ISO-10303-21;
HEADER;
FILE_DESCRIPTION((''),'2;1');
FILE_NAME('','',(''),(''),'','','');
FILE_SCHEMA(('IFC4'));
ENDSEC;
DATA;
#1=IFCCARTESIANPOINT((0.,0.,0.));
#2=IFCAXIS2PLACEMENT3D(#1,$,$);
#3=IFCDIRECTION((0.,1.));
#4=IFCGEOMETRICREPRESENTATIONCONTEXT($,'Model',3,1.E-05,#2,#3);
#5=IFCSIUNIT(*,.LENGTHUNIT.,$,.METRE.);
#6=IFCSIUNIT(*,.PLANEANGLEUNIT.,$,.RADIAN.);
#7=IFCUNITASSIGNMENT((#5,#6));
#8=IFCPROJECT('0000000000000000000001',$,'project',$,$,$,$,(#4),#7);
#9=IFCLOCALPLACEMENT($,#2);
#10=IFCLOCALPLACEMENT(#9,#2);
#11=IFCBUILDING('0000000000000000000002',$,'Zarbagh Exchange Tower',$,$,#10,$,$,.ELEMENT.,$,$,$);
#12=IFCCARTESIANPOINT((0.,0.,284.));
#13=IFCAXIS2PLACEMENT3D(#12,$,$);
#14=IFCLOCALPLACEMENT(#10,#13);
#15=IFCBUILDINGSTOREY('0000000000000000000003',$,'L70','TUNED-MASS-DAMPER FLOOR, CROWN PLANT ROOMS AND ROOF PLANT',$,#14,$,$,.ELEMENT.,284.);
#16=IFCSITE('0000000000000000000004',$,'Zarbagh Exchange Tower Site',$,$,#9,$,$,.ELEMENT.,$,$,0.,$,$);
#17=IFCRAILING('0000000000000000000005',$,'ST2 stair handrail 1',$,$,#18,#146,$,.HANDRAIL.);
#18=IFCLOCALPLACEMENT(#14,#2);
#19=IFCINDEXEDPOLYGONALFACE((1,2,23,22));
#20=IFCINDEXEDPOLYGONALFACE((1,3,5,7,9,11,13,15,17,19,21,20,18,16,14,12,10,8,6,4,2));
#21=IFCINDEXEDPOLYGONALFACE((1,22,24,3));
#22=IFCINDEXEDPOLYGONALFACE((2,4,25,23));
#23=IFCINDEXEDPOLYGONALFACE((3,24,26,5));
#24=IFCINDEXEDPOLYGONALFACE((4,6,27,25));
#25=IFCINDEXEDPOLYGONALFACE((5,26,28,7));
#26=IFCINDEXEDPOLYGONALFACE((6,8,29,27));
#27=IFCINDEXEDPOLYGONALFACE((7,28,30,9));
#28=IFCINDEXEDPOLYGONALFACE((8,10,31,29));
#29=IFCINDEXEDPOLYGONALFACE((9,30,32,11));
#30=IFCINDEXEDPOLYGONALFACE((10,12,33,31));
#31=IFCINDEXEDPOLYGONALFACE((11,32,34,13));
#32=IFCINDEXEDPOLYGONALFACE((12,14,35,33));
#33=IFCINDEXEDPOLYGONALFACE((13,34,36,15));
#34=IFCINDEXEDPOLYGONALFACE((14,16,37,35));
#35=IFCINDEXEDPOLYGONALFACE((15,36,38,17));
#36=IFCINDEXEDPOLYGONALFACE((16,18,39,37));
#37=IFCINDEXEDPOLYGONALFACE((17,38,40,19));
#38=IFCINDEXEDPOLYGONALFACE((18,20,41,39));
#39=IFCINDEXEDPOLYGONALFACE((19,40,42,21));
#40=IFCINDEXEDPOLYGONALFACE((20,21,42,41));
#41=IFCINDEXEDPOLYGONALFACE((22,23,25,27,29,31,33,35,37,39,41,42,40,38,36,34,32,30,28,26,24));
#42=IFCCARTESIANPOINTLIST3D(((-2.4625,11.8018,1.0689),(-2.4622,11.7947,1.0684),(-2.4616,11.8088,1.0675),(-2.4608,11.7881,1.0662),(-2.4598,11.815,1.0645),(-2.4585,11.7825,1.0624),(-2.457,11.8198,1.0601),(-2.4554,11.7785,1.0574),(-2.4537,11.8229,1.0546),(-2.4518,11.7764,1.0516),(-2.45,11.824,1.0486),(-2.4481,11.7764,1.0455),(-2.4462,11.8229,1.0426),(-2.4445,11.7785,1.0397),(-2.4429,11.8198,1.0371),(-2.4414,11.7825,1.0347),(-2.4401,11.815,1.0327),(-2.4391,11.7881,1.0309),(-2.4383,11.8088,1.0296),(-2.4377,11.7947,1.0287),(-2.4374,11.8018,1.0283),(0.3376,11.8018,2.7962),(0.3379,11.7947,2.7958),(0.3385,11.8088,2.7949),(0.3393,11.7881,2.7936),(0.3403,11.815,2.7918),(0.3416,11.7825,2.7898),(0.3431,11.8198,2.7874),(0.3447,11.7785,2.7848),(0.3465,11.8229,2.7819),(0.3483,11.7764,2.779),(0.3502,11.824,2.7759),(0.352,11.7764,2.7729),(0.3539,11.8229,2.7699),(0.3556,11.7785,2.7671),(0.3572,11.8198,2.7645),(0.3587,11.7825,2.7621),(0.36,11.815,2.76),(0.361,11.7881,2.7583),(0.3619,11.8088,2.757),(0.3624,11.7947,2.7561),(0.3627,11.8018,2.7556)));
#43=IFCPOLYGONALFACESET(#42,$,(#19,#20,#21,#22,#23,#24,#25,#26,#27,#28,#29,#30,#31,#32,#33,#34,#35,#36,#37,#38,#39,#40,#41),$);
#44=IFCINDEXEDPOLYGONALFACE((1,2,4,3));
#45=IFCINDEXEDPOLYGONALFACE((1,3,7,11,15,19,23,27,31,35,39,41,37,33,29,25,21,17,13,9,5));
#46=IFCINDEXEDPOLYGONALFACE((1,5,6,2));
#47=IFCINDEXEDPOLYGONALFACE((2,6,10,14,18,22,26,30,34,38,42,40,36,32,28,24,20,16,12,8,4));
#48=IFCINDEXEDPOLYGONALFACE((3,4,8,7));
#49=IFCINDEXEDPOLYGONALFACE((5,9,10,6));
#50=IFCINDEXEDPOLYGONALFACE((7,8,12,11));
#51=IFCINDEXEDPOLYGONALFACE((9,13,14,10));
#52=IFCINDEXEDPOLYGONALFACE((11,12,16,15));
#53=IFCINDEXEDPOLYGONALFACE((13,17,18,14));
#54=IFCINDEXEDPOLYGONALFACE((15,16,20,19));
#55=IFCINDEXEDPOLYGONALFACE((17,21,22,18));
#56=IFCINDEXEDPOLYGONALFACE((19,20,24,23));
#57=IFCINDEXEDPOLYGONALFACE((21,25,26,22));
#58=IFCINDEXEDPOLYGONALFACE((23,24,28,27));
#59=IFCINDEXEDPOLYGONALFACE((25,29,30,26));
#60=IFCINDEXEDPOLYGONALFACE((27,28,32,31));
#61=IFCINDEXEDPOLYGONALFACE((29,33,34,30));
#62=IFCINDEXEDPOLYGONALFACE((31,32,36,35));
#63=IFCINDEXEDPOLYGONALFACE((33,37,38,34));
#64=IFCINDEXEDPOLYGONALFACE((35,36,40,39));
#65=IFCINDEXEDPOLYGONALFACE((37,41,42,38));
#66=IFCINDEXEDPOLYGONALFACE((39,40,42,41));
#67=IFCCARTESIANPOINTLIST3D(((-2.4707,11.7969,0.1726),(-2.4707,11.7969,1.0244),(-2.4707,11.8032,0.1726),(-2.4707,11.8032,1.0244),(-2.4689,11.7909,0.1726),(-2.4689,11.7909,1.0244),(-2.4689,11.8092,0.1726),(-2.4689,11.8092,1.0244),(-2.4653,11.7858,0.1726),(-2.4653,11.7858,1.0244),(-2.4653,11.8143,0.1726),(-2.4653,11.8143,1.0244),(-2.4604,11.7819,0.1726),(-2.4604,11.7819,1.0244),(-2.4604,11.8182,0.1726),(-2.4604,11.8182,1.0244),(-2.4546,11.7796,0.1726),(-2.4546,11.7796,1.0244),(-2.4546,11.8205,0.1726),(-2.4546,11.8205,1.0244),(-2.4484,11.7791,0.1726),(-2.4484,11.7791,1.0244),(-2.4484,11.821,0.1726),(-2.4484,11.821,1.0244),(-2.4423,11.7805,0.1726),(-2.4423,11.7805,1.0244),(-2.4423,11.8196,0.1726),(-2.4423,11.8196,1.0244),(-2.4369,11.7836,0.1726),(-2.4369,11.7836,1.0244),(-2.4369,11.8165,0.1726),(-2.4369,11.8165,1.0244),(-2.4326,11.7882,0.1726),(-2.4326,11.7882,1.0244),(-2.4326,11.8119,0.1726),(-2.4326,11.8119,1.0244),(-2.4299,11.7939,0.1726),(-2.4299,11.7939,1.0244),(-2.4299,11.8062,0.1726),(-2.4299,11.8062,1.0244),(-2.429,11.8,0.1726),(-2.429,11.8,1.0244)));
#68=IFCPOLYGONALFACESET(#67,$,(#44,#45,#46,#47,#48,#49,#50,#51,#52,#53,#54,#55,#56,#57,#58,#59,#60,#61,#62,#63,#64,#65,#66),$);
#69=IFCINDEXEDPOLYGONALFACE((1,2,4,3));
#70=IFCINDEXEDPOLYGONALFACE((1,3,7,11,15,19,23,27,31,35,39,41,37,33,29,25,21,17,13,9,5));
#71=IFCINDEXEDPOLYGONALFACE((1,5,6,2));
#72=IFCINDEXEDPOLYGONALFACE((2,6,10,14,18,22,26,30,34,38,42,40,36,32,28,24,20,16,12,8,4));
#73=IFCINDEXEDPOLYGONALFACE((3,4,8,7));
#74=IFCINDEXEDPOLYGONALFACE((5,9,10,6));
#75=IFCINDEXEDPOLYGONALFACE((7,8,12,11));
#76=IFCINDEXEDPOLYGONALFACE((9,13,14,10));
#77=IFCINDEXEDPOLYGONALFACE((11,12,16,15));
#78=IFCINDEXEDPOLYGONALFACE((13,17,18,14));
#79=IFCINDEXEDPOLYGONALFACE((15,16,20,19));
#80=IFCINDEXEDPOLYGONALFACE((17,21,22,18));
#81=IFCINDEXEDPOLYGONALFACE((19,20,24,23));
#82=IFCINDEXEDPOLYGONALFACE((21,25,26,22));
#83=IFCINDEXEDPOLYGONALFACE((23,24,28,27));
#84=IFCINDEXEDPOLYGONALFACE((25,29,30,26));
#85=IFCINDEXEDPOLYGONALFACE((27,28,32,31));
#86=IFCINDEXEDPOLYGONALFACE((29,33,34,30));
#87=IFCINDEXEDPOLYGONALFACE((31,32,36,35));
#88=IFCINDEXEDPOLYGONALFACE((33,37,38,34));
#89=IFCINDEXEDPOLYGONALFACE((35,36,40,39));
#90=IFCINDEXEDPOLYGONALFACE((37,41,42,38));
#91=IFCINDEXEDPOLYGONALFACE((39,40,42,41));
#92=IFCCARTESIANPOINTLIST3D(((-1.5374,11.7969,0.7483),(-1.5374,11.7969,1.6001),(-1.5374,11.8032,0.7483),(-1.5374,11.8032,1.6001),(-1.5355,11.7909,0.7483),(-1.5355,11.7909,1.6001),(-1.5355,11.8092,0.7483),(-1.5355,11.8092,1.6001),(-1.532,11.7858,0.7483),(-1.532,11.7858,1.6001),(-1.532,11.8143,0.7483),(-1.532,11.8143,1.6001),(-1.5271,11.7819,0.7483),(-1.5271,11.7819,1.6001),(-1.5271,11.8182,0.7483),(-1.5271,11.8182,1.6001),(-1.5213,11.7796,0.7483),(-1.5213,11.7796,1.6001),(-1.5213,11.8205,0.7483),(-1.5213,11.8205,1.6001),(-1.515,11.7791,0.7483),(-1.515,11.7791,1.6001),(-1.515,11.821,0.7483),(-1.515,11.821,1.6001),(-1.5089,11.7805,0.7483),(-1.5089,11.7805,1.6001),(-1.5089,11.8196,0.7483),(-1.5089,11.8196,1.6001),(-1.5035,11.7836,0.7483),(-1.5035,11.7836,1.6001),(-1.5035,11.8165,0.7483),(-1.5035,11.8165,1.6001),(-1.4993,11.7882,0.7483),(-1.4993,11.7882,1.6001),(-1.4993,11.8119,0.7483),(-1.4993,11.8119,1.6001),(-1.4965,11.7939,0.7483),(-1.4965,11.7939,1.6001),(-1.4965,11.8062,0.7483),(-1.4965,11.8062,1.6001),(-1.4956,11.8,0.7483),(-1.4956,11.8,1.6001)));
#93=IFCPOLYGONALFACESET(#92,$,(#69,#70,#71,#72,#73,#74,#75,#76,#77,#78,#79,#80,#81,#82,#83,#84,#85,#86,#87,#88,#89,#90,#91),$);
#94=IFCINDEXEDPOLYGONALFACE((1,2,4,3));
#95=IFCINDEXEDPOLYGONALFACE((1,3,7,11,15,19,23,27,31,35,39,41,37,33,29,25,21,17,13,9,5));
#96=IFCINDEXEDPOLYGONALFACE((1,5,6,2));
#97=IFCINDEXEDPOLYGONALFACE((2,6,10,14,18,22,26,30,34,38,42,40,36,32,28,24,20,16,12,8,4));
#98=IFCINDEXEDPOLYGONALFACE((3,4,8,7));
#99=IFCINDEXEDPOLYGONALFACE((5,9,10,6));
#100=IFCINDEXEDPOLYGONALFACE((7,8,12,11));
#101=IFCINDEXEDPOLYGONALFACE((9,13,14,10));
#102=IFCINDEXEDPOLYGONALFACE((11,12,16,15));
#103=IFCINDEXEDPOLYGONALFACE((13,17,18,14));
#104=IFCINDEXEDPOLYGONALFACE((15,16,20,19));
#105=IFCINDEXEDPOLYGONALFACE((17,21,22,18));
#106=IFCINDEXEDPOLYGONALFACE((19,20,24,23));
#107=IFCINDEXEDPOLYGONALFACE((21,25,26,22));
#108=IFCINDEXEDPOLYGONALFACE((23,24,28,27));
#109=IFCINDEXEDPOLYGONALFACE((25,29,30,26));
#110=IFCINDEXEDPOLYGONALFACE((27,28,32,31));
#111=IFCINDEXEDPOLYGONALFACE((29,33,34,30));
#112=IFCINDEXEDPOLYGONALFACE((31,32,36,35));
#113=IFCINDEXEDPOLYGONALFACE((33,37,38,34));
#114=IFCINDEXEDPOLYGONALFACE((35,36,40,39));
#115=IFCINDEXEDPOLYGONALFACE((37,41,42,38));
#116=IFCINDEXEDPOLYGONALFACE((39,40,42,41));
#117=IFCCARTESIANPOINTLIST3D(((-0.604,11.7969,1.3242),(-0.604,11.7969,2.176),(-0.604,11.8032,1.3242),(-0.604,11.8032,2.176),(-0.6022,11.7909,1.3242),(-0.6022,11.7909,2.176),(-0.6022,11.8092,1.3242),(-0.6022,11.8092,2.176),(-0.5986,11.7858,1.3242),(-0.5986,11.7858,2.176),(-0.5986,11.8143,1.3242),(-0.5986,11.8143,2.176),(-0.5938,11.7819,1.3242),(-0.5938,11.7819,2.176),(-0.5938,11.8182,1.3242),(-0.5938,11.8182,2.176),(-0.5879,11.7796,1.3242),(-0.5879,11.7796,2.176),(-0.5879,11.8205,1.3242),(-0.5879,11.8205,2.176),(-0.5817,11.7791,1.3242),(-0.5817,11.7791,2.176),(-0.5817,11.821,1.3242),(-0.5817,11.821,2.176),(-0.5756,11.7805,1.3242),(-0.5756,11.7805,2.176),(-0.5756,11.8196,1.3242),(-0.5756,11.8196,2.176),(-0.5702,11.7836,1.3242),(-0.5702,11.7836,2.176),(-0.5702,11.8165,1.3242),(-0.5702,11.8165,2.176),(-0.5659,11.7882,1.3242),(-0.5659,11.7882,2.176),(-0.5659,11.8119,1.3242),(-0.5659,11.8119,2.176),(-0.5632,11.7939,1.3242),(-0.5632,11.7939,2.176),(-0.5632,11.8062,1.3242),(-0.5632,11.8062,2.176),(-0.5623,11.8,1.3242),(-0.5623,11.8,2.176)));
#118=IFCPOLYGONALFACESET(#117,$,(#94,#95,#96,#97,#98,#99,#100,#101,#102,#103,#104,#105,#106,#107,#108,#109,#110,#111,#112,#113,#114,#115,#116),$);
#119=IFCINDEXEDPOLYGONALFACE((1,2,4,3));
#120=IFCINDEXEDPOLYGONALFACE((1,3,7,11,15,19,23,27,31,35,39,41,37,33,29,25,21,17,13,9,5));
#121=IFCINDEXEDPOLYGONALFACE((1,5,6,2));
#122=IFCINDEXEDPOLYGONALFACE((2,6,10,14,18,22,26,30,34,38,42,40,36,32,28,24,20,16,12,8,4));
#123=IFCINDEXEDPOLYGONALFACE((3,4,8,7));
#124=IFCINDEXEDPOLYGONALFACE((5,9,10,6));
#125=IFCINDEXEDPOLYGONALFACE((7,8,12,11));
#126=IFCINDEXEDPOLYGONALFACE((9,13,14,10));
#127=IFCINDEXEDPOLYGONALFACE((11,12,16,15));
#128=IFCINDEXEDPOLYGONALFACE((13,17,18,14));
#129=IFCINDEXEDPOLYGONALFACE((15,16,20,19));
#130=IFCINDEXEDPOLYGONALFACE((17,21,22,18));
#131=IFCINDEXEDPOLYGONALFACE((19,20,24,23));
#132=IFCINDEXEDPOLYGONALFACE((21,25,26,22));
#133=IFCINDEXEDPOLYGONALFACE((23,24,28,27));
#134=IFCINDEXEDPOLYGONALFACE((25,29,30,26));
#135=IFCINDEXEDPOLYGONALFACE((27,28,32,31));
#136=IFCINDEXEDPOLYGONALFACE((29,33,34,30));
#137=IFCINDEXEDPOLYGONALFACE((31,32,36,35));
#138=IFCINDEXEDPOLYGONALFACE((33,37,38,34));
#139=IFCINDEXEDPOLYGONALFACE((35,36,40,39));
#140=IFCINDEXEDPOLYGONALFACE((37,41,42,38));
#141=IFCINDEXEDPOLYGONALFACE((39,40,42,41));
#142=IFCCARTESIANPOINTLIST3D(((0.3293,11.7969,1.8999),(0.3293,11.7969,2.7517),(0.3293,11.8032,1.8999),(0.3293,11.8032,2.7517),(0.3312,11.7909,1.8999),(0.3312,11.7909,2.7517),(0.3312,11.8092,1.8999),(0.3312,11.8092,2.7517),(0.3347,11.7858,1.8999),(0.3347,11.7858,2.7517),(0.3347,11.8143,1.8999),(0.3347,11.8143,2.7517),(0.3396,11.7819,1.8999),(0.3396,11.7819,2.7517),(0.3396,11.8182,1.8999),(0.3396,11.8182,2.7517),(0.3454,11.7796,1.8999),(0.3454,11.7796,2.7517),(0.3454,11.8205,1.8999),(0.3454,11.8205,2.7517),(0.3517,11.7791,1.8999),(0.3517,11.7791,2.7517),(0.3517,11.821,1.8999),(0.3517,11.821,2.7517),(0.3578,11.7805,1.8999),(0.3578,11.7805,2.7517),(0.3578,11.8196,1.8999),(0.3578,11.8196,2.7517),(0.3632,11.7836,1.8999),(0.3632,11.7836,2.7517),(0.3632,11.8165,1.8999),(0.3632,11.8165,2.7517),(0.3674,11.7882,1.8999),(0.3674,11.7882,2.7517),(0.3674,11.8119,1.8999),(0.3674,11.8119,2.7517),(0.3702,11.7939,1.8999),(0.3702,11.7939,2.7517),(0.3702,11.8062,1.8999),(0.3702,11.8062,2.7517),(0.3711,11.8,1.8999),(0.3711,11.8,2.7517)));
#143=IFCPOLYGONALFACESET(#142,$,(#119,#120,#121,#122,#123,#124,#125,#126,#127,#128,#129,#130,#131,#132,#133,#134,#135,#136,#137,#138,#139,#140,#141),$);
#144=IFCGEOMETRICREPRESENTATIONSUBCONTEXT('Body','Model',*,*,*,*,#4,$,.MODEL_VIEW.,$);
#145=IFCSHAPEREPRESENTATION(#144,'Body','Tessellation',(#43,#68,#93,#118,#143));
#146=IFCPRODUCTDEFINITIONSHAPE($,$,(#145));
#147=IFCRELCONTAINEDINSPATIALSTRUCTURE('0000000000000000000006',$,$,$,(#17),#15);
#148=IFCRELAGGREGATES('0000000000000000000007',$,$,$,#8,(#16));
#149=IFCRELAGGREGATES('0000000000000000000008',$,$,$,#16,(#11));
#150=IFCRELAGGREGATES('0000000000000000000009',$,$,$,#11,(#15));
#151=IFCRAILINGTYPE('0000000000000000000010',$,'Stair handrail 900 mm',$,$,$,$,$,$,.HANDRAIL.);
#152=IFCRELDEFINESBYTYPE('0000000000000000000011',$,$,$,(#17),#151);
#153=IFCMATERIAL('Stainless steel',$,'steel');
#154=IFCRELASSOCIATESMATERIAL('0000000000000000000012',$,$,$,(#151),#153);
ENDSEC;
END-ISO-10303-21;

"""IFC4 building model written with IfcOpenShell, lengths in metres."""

from ifc_helpers import new_model, si_unit, direction, frame, origin, origin_2d, place, context, subcontext, project, spatial, circle, extrude, material, type_object, element, save


model = new_model("IFC4")

# Units and contexts
model_context = context("Model", 3, precision=1e-05, world=origin(), true_north=direction((0.0, 1.0)))
body_context = subcontext(model_context, "Body", "Model", "MODEL_VIEW")
ifc_project = project(units=[si_unit("LENGTHUNIT", "METRE"), si_unit("PLANEANGLEUNIT", "RADIAN")], contexts=[model_context])

# Site, building, storey
site_placement = place(None, origin())
site = spatial("IfcSite", under=ifc_project, at=site_placement, Name="Zarbagh Exchange Tower Site", CompositionType="ELEMENT", RefElevation=0.0)
building_placement = place(site_placement, origin())
building = spatial("IfcBuilding", under=site, at=building_placement, Name="Zarbagh Exchange Tower", CompositionType="ELEMENT")
storey_placement = place(building_placement, frame((0.0, 0.0, 284.0)))
storey = spatial("IfcBuildingStorey", under=building, at=storey_placement, Name="L70", Description="TUNED-MASS-DAMPER FLOOR, CROWN PLANT ROOMS AND ROOF PLANT", CompositionType="ELEMENT", Elevation=284.0)

# Railing
ifc_material_1 = material(Name="Stainless steel", Category="steel")
railing_type_1 = type_object("IfcRailingType", Name="Stair handrail 900 mm", PredefinedType="HANDRAIL", material=ifc_material_1)
for number, where, name in (
    (1, (-2.45, 11.8, 0.1726), "ST2 stair handrail 1"),
):
    element("IfcRailing", number, at=place(storey_placement, frame(where)), inside=storey, type_object=railing_type_1, Name=name, PredefinedType="HANDRAIL", context=body_context, shape_type="SweptSolid", body=[
        extrude(circle(Radius=0.0239, at=origin_2d()), frame((0.0, 0.0, 0.876), z_axis=(0.85109, 0.0, 0.52502), x_axis=(0.0, 1.0, 0.0)), (0.0, 0.0, 1.0), 3.29),
        extrude(circle(Radius=0.021, at=origin_2d()), origin(), (0.0, 0.0, 1.0), 0.8518),
        extrude(circle(Radius=0.021, at=origin_2d()), frame((0.9333, 0.0, 0.5757)), (0.0, 0.0, 1.0), 0.8518),
        extrude(circle(Radius=0.021, at=origin_2d()), frame((1.8667, 0.0, 1.1516)), (0.0, 0.0, 1.0), 0.8518),
        extrude(circle(Radius=0.021, at=origin_2d()), frame((2.8, 0.0, 1.7273)), (0.0, 0.0, 1.0), 0.8518),
    ])

save(model, "model.ifc")
